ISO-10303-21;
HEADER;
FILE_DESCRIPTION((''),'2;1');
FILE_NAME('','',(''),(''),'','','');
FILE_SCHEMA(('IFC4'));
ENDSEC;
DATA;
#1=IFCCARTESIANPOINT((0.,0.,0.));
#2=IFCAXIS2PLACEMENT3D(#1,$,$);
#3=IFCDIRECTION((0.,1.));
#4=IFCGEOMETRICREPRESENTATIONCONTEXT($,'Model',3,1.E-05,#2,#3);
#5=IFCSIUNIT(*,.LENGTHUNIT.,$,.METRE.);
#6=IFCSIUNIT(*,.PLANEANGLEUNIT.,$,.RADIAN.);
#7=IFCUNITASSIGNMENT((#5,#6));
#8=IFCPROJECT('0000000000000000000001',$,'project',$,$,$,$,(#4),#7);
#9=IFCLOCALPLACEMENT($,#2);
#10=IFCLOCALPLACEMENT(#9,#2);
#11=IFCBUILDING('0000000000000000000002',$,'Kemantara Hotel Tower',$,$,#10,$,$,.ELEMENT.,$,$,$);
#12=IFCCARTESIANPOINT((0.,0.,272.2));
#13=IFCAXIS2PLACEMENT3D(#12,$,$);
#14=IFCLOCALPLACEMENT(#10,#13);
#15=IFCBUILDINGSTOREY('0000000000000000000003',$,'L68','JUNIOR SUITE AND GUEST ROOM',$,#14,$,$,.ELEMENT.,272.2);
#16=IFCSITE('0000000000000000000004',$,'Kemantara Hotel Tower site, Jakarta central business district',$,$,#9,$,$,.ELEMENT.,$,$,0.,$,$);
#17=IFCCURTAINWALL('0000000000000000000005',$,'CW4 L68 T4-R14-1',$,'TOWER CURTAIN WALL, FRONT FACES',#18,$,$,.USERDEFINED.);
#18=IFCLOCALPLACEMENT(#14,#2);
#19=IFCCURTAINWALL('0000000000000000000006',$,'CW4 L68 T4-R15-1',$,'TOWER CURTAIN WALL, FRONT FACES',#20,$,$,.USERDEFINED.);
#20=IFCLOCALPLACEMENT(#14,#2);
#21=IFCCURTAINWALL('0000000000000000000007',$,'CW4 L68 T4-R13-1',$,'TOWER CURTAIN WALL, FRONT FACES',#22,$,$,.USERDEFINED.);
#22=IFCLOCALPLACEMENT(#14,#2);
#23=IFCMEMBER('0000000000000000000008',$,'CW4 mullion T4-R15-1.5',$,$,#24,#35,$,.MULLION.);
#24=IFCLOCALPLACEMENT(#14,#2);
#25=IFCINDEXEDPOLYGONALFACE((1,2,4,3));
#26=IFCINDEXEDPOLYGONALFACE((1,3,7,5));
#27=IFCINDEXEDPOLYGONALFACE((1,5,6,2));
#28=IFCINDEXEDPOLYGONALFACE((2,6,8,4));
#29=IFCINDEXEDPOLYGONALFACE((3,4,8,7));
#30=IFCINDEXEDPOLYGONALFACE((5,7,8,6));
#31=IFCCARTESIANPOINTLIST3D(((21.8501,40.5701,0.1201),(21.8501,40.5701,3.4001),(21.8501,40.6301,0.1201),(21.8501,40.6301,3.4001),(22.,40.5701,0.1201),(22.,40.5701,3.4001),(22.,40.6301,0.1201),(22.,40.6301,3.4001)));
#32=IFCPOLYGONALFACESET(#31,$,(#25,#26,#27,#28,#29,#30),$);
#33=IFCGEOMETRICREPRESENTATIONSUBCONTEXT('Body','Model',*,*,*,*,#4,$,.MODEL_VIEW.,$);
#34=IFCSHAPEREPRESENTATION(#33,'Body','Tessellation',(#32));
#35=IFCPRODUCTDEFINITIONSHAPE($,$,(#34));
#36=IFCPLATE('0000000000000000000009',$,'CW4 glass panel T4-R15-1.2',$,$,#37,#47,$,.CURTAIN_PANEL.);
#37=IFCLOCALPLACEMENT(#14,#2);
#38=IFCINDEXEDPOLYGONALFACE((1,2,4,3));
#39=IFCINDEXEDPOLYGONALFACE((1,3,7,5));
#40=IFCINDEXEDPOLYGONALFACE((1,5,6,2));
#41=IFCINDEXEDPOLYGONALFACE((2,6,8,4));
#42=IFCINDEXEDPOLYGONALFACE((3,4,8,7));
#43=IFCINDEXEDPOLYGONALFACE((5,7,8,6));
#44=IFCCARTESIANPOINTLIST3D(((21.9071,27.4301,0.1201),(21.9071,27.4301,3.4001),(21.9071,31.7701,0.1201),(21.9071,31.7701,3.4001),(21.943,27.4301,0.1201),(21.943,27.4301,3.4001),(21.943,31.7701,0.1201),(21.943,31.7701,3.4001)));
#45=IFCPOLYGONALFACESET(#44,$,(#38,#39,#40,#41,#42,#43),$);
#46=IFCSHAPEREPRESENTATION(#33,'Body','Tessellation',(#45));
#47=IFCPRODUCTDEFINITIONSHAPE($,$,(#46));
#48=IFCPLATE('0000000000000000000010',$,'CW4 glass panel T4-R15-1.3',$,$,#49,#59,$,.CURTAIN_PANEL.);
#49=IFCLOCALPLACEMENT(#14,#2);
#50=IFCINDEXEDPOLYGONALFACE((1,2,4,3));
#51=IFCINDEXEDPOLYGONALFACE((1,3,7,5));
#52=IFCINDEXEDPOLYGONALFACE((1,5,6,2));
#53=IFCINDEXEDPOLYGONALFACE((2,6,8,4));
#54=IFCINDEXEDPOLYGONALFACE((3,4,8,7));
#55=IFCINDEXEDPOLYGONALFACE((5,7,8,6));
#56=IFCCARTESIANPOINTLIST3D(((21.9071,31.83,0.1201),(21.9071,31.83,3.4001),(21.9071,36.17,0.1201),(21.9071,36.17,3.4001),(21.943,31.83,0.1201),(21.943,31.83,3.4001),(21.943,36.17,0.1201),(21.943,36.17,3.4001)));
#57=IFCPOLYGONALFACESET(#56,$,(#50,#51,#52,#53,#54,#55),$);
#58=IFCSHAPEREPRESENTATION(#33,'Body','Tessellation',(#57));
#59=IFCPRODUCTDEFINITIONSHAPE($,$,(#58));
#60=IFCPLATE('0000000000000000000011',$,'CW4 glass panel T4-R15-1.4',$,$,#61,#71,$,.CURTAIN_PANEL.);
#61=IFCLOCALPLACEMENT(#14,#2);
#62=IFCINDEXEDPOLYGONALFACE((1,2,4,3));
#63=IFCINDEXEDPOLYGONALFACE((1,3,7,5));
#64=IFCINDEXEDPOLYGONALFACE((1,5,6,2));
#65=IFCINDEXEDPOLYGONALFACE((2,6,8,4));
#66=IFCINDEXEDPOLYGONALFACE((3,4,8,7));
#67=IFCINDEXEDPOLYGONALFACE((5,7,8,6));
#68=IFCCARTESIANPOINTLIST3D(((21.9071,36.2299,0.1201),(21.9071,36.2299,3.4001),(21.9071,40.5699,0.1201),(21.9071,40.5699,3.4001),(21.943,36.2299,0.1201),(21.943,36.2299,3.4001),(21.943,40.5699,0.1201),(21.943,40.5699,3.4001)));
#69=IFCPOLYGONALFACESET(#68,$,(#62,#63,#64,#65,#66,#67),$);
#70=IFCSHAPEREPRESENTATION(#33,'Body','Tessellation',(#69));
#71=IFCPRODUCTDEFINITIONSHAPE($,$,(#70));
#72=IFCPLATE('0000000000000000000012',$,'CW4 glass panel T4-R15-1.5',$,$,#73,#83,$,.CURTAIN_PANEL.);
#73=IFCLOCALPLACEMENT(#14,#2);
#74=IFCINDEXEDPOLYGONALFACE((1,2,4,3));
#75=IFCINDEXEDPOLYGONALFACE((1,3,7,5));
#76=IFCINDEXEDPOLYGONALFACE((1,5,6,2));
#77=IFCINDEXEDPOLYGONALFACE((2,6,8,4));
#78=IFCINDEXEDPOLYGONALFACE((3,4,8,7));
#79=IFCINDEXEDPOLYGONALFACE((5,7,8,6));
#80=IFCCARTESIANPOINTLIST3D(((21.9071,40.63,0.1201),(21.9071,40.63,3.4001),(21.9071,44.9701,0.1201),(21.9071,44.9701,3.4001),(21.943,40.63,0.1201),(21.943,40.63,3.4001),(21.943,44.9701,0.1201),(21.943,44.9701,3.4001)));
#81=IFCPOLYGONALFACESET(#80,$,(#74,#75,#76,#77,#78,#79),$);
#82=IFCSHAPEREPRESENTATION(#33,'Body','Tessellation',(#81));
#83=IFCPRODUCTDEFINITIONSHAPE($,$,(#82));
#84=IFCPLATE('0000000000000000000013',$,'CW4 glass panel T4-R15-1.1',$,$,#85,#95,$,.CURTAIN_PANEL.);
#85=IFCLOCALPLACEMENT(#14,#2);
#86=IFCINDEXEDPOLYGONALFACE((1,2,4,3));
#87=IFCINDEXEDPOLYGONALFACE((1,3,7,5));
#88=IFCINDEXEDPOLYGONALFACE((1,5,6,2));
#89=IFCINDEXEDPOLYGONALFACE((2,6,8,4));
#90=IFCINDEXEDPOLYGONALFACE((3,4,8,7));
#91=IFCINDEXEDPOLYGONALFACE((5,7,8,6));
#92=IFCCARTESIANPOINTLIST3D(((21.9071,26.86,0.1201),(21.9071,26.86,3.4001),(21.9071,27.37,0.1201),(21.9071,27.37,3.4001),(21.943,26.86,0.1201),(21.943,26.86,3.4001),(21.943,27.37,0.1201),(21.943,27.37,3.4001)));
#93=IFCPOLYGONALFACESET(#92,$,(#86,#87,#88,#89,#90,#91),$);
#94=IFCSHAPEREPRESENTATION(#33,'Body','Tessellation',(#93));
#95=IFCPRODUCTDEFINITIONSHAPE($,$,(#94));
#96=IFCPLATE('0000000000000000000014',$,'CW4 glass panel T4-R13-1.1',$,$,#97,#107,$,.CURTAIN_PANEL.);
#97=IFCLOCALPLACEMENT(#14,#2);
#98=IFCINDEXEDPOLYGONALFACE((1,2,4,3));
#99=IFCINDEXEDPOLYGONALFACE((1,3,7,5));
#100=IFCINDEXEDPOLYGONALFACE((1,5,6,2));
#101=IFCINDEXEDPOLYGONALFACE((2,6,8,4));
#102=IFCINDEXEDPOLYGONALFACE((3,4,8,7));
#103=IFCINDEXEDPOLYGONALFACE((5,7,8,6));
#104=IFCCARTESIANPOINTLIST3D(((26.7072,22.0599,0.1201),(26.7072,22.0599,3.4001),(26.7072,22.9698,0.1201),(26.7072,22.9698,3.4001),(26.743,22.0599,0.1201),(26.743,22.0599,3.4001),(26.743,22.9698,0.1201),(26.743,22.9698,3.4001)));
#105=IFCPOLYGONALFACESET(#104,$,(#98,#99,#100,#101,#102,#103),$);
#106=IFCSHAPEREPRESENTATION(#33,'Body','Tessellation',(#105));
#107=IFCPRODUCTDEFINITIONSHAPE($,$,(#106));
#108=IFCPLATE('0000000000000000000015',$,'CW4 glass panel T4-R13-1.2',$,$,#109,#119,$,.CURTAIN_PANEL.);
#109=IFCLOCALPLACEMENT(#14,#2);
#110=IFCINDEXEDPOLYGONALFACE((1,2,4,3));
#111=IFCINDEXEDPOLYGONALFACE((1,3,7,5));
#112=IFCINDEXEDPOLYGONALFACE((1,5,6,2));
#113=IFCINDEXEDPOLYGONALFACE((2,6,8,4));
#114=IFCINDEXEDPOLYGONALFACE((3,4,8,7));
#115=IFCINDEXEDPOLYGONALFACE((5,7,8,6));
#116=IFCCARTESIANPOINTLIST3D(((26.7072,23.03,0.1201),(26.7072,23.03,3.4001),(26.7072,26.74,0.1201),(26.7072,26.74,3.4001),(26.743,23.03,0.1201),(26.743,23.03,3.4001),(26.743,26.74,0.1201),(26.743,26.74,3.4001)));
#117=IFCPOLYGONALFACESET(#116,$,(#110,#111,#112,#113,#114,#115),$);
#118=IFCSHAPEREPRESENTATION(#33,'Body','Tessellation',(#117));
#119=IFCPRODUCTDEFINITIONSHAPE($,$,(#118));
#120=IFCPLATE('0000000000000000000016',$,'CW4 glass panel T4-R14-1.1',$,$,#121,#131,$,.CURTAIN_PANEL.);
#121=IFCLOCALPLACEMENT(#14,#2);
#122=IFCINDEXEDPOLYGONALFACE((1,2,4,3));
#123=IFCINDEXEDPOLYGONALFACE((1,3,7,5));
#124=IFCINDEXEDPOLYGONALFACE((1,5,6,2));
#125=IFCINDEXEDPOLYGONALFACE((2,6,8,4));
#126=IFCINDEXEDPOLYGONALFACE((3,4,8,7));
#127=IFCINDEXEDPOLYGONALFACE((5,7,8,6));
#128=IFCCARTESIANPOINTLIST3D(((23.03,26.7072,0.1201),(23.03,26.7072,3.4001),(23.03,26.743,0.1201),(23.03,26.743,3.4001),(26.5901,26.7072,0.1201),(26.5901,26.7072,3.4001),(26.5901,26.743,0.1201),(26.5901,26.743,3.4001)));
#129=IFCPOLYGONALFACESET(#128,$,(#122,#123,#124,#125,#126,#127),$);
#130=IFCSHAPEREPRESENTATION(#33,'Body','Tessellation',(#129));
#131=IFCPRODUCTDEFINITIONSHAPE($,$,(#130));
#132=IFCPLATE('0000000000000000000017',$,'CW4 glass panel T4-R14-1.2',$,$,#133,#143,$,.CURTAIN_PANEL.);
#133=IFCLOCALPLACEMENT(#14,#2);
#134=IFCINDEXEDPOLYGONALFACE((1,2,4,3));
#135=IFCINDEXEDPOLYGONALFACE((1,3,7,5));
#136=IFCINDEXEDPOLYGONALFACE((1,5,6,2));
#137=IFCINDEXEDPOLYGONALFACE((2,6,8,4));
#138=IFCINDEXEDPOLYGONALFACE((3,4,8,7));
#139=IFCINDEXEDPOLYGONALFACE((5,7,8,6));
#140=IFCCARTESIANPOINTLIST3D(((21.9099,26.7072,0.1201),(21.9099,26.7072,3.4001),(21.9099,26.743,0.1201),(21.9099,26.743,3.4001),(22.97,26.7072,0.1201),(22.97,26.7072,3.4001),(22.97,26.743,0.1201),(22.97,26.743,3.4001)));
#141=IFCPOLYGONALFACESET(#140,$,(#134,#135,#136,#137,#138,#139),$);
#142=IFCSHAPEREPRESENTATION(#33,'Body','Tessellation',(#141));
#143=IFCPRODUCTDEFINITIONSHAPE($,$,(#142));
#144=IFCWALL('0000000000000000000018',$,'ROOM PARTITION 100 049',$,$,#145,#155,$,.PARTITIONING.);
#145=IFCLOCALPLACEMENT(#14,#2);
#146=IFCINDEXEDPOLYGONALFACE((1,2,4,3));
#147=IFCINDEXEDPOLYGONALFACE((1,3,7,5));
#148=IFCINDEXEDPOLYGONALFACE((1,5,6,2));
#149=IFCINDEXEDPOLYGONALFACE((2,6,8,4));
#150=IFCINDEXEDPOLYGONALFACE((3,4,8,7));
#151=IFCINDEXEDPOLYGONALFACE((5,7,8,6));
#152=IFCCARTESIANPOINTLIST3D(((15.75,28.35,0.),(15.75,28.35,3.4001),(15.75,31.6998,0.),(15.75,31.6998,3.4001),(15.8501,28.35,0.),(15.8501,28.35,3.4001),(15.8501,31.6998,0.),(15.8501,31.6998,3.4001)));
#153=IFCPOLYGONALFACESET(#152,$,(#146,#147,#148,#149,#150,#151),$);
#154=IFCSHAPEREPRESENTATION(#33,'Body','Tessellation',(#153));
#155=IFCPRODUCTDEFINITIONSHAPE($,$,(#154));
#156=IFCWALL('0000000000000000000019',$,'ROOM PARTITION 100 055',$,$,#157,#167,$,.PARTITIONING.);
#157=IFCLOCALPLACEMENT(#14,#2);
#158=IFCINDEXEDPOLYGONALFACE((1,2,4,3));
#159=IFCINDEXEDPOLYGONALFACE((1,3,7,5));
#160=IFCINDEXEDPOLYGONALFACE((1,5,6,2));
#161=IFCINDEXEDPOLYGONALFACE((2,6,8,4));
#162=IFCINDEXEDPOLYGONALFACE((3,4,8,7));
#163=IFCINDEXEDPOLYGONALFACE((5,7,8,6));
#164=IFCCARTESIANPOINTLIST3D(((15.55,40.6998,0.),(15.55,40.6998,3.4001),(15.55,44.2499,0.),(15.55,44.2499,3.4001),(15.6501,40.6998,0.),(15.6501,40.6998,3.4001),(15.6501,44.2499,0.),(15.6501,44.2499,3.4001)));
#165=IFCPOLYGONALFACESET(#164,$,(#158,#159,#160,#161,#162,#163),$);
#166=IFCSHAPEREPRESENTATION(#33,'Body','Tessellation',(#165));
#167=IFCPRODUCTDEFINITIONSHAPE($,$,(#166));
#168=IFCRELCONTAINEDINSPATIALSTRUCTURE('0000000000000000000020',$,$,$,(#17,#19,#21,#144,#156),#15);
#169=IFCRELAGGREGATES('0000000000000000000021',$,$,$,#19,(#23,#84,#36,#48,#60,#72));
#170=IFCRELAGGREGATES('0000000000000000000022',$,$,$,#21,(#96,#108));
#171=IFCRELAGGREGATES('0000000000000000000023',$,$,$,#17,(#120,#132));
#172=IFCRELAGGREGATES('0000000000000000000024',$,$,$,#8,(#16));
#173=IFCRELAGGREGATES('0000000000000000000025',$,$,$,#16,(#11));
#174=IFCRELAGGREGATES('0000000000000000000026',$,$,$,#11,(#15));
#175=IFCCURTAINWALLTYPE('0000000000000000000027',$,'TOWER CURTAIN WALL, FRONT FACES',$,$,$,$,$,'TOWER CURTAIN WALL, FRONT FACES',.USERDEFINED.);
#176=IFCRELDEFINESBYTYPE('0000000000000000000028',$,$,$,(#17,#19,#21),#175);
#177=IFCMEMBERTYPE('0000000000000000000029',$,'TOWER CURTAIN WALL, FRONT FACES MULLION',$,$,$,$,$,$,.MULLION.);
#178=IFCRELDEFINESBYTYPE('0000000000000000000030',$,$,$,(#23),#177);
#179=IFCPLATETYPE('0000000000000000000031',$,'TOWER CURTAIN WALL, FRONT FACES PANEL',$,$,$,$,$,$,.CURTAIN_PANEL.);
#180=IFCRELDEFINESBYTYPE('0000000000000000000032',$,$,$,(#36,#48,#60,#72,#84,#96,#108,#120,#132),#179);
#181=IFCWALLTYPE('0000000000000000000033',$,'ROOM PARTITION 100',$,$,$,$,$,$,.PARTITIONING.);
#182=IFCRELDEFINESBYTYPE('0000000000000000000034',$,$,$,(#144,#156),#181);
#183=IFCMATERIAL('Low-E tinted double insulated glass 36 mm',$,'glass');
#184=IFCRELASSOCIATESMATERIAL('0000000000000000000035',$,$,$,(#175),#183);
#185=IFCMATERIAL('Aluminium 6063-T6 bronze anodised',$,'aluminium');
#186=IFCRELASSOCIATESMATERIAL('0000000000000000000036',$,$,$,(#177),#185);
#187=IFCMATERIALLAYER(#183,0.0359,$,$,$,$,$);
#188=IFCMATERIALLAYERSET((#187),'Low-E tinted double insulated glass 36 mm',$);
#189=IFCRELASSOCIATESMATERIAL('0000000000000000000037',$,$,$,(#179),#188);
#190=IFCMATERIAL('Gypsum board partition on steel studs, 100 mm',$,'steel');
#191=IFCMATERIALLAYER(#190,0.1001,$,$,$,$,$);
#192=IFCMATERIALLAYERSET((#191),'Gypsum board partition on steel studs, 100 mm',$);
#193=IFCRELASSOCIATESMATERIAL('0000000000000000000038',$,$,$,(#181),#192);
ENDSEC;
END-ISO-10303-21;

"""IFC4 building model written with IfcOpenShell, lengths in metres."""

from ifc_helpers import new_model, si_unit, direction, frame, frame_2d, origin, origin_2d, place, context, subcontext, project, spatial, rectangle, extrude, source, transform, mapped, material, layer, layer_set, material_profile, profile_set, type_object, element, aggregate, save


model = new_model("IFC4")

# Units and contexts
model_context = context("Model", 3, precision=1e-05, world=origin(), true_north=direction((0.0, 1.0)))
body_context = subcontext(model_context, "Body", "Model", "MODEL_VIEW")
ifc_project = project(units=[si_unit("LENGTHUNIT", "METRE"), si_unit("PLANEANGLEUNIT", "RADIAN")], contexts=[model_context])

# Site, building, storey
site_placement = place(None, origin())
site = spatial("IfcSite", under=ifc_project, at=site_placement, Name="Kemantara Hotel Tower site, Jakarta central business district", CompositionType="ELEMENT", RefElevation=0.0)
building_placement = place(site_placement, origin())
building = spatial("IfcBuilding", under=site, at=building_placement, Name="Kemantara Hotel Tower", CompositionType="ELEMENT")
storey_placement = place(building_placement, frame((0.0, 0.0, 272.2)))
storey = spatial("IfcBuildingStorey", under=building, at=storey_placement, Name="L68", Description="JUNIOR SUITE AND GUEST ROOM", CompositionType="ELEMENT", Elevation=272.2)

# Curtain walls
ifc_material_1 = material(Name="Low-E tinted double insulated glass 36 mm", Category="glass")
curtain_wall_type = type_object("IfcCurtainWallType", Name="TOWER CURTAIN WALL, FRONT FACES", ElementType="TOWER CURTAIN WALL, FRONT FACES", PredefinedType="USERDEFINED", material=ifc_material_1)
curtain_wall_1_placement = place(storey_placement, origin())
curtain_wall_1 = element("IfcCurtainWall", 1, at=curtain_wall_1_placement, inside=storey, type_object=curtain_wall_type, Name="CW4 L68 T4-R14-1", ObjectType="TOWER CURTAIN WALL, FRONT FACES", PredefinedType="USERDEFINED")
ifc_material_2 = material(Name="Aluminium 6063-T6 bronze anodised", Category="aluminium")
curtain_wall_2_placement = place(storey_placement, origin())
curtain_wall_2 = element("IfcCurtainWall", 2, at=curtain_wall_2_placement, inside=storey, type_object=curtain_wall_type, Name="CW4 L68 T4-R15-1", ObjectType="TOWER CURTAIN WALL, FRONT FACES", PredefinedType="USERDEFINED")

# Curtain wall
curtain_wall_3_placement = place(storey_placement, origin())
curtain_wall_3 = element("IfcCurtainWall", 3, at=curtain_wall_3_placement, inside=storey, type_object=curtain_wall_type, Name="CW4 L68 T4-R13-1", ObjectType="TOWER CURTAIN WALL, FRONT FACES", PredefinedType="USERDEFINED")
ifc_material_profile_1 = material_profile(ifc_material_2, rectangle(XDim=0.1499, YDim=0.0601, at=origin_2d()), Name="TOWER CURTAIN WALL, FRONT FACES MULLION")
ifc_profile_set_1 = profile_set([ifc_material_profile_1], Name="Aluminium 6063-T6 bronze anodised")
member_type_1 = type_object("IfcMemberType", Name="TOWER CURTAIN WALL, FRONT FACES MULLION", PredefinedType="MULLION", material=ifc_profile_set_1)
shared_shape_1 = source(origin(), body_context, "Body", "SweptSolid", [
    extrude(rectangle(XDim=0.1499, YDim=0.0601, at=origin_2d()), origin(), (0.0, 0.0, 1.0), 3.28),
])

# Member
member_1_placement = place(storey_placement, frame((21.925, 40.6001, 0.1201), z_axis=(0.0, 0.0, 1.0), x_axis=(-1.0, 0.0, 0.0)))
member_1 = element("IfcMember", 4, at=member_1_placement, type_object=member_type_1, Name="CW4 mullion T4-R15-1.5", PredefinedType="MULLION", context=body_context, shape_type="MappedRepresentation", body=[
    mapped(shared_shape_1, transform((0.0, 0.0, 0.0))),
])

# Plates
ifc_layer_1 = layer(ifc_material_1, 0.0359)
ifc_layer_set_1 = layer_set([ifc_layer_1], Name="Low-E tinted double insulated glass 36 mm")
plate_type = type_object("IfcPlateType", Name="TOWER CURTAIN WALL, FRONT FACES PANEL", PredefinedType="CURTAIN_PANEL", material=ifc_layer_set_1)
shared_shape_2 = source(origin(), body_context, "Body", "SweptSolid", [
    extrude(rectangle(XDim=4.3401, YDim=0.0359, at=origin_2d()), origin(), (0.0, 0.0, 1.0), 3.28),
])
plate_1_placement = place(storey_placement, frame((21.925, 29.6001, 0.1201), z_axis=(0.0, 0.0, 1.0), x_axis=(0.0, 1.0, 0.0)))
plate_1 = element("IfcPlate", 5, at=plate_1_placement, type_object=plate_type, Name="CW4 glass panel T4-R15-1.2", PredefinedType="CURTAIN_PANEL", context=body_context, shape_type="MappedRepresentation", body=[
    mapped(shared_shape_2, transform((0.0, 0.0, 0.0))),
])
plate_2_placement = place(storey_placement, frame((21.925, 34.0, 0.1201), z_axis=(0.0, 0.0, 1.0), x_axis=(0.0, 1.0, 0.0)))
plate_2 = element("IfcPlate", 6, at=plate_2_placement, type_object=plate_type, Name="CW4 glass panel T4-R15-1.3", PredefinedType="CURTAIN_PANEL", context=body_context, shape_type="MappedRepresentation", body=[
    mapped(shared_shape_2, transform((0.0, 0.0, 0.0))),
])
plate_3_placement = place(storey_placement, frame((21.925, 38.3999, 0.1201), z_axis=(0.0, 0.0, 1.0), x_axis=(0.0, 1.0, 0.0)))
plate_3 = element("IfcPlate", 7, at=plate_3_placement, type_object=plate_type, Name="CW4 glass panel T4-R15-1.4", PredefinedType="CURTAIN_PANEL", context=body_context, shape_type="MappedRepresentation", body=[
    mapped(shared_shape_2, transform((0.0, 0.0, 0.0))),
])
plate_4_placement = place(storey_placement, frame((21.925, 42.8, 0.1201), z_axis=(0.0, 0.0, 1.0), x_axis=(0.0, 1.0, 0.0)))
plate_4 = element("IfcPlate", 8, at=plate_4_placement, type_object=plate_type, Name="CW4 glass panel T4-R15-1.5", PredefinedType="CURTAIN_PANEL", context=body_context, shape_type="MappedRepresentation", body=[
    mapped(shared_shape_2, transform((0.0, 0.0, 0.0))),
])
shared_shape_3 = source(origin(), body_context, "Body", "SweptSolid", [
    extrude(rectangle(XDim=0.51, YDim=0.0359, at=origin_2d()), origin(), (0.0, 0.0, 1.0), 3.28),
])
plate_5_placement = place(storey_placement, frame((21.925, 27.115, 0.1201), z_axis=(0.0, 0.0, 1.0), x_axis=(0.0, 1.0, 0.0)))
plate_5 = element("IfcPlate", 9, at=plate_5_placement, type_object=plate_type, Name="CW4 glass panel T4-R15-1.1", PredefinedType="CURTAIN_PANEL", context=body_context, shape_type="MappedRepresentation", body=[
    mapped(shared_shape_3, transform((0.0, 0.0, 0.0))),
])
aggregate(curtain_wall_2, [member_1, plate_5, plate_1, plate_2, plate_3, plate_4])
shared_shape_4 = source(origin(), body_context, "Body", "SweptSolid", [
    extrude(rectangle(XDim=0.9099, YDim=0.0359, at=origin_2d()), origin(), (0.0, 0.0, 1.0), 3.28),
])
plate_6_placement = place(storey_placement, frame((26.7251, 22.5149, 0.1201), z_axis=(0.0, 0.0, 1.0), x_axis=(0.0, 1.0, 0.0)))
plate_6 = element("IfcPlate", 10, at=plate_6_placement, type_object=plate_type, Name="CW4 glass panel T4-R13-1.1", PredefinedType="CURTAIN_PANEL", context=body_context, shape_type="MappedRepresentation", body=[
    mapped(shared_shape_4, transform((0.0, 0.0, 0.0))),
])
shared_shape_5 = source(origin(), body_context, "Body", "SweptSolid", [
    extrude(rectangle(XDim=3.71, YDim=0.0359, at=origin_2d()), origin(), (0.0, 0.0, 1.0), 3.28),
])
plate_7_placement = place(storey_placement, frame((26.7251, 24.885, 0.1201), z_axis=(0.0, 0.0, 1.0), x_axis=(0.0, 1.0, 0.0)))
plate_7 = element("IfcPlate", 11, at=plate_7_placement, type_object=plate_type, Name="CW4 glass panel T4-R13-1.2", PredefinedType="CURTAIN_PANEL", context=body_context, shape_type="MappedRepresentation", body=[
    mapped(shared_shape_5, transform((0.0, 0.0, 0.0))),
])
aggregate(curtain_wall_3, [plate_6, plate_7])
shared_shape_6 = source(origin(), body_context, "Body", "SweptSolid", [
    extrude(rectangle(XDim=3.5601, YDim=0.0359, at=origin_2d()), origin(), (0.0, 0.0, 1.0), 3.28),
])
plate_8_placement = place(storey_placement, frame((24.8101, 26.7251, 0.1201), z_axis=(0.0, 0.0, 1.0), x_axis=(-1.0, 0.0, 0.0)))
plate_8 = element("IfcPlate", 12, at=plate_8_placement, type_object=plate_type, Name="CW4 glass panel T4-R14-1.1", PredefinedType="CURTAIN_PANEL", context=body_context, shape_type="MappedRepresentation", body=[
    mapped(shared_shape_6, transform((0.0, 0.0, 0.0))),
])
shared_shape_7 = source(origin(), body_context, "Body", "SweptSolid", [
    extrude(rectangle(XDim=1.0601, YDim=0.0359, at=origin_2d()), origin(), (0.0, 0.0, 1.0), 3.28),
])
plate_9_placement = place(storey_placement, frame((22.4399, 26.7251, 0.1201), z_axis=(0.0, 0.0, 1.0), x_axis=(-1.0, 0.0, 0.0)))
plate_9 = element("IfcPlate", 13, at=plate_9_placement, type_object=plate_type, Name="CW4 glass panel T4-R14-1.2", PredefinedType="CURTAIN_PANEL", context=body_context, shape_type="MappedRepresentation", body=[
    mapped(shared_shape_7, transform((0.0, 0.0, 0.0))),
])
aggregate(curtain_wall_1, [plate_8, plate_9])

# Walls
ifc_material_3 = material(Name="Gypsum board partition on steel studs, 100 mm", Category="steel")
ifc_layer_2 = layer(ifc_material_3, 0.1001)
ifc_layer_set_2 = layer_set([ifc_layer_2], Name="Gypsum board partition on steel studs, 100 mm")
wall_type = type_object("IfcWallType", Name="ROOM PARTITION 100", PredefinedType="PARTITIONING", material=ifc_layer_set_2)
wall_1_placement = place(storey_placement, frame((15.8, 28.3501, 0.0), z_axis=(0.0, 0.0, 1.0), x_axis=(0.0, 1.0, 0.0)))
element("IfcWall", 14, at=wall_1_placement, inside=storey, type_object=wall_type, Name="ROOM PARTITION 100 049", PredefinedType="PARTITIONING", context=body_context, shape_type="SweptSolid", body=[
    extrude(rectangle(XDim=3.3499, YDim=0.1001, at=frame_2d((1.6748, 0.0))), origin(), (0.0, 0.0, 1.0), 3.4001),
])
wall_2_placement = place(storey_placement, frame((15.6001, 40.7, 0.0), z_axis=(0.0, 0.0, 1.0), x_axis=(0.0, 1.0, 0.0)))
element("IfcWall", 15, at=wall_2_placement, inside=storey, type_object=wall_type, Name="ROOM PARTITION 100 055", PredefinedType="PARTITIONING", context=body_context, shape_type="SweptSolid", body=[
    extrude(rectangle(XDim=3.55, YDim=0.1001, at=frame_2d((1.7749, 0.0))), origin(), (0.0, 0.0, 1.0), 3.4001),
])

save(model, "model.ifc")
